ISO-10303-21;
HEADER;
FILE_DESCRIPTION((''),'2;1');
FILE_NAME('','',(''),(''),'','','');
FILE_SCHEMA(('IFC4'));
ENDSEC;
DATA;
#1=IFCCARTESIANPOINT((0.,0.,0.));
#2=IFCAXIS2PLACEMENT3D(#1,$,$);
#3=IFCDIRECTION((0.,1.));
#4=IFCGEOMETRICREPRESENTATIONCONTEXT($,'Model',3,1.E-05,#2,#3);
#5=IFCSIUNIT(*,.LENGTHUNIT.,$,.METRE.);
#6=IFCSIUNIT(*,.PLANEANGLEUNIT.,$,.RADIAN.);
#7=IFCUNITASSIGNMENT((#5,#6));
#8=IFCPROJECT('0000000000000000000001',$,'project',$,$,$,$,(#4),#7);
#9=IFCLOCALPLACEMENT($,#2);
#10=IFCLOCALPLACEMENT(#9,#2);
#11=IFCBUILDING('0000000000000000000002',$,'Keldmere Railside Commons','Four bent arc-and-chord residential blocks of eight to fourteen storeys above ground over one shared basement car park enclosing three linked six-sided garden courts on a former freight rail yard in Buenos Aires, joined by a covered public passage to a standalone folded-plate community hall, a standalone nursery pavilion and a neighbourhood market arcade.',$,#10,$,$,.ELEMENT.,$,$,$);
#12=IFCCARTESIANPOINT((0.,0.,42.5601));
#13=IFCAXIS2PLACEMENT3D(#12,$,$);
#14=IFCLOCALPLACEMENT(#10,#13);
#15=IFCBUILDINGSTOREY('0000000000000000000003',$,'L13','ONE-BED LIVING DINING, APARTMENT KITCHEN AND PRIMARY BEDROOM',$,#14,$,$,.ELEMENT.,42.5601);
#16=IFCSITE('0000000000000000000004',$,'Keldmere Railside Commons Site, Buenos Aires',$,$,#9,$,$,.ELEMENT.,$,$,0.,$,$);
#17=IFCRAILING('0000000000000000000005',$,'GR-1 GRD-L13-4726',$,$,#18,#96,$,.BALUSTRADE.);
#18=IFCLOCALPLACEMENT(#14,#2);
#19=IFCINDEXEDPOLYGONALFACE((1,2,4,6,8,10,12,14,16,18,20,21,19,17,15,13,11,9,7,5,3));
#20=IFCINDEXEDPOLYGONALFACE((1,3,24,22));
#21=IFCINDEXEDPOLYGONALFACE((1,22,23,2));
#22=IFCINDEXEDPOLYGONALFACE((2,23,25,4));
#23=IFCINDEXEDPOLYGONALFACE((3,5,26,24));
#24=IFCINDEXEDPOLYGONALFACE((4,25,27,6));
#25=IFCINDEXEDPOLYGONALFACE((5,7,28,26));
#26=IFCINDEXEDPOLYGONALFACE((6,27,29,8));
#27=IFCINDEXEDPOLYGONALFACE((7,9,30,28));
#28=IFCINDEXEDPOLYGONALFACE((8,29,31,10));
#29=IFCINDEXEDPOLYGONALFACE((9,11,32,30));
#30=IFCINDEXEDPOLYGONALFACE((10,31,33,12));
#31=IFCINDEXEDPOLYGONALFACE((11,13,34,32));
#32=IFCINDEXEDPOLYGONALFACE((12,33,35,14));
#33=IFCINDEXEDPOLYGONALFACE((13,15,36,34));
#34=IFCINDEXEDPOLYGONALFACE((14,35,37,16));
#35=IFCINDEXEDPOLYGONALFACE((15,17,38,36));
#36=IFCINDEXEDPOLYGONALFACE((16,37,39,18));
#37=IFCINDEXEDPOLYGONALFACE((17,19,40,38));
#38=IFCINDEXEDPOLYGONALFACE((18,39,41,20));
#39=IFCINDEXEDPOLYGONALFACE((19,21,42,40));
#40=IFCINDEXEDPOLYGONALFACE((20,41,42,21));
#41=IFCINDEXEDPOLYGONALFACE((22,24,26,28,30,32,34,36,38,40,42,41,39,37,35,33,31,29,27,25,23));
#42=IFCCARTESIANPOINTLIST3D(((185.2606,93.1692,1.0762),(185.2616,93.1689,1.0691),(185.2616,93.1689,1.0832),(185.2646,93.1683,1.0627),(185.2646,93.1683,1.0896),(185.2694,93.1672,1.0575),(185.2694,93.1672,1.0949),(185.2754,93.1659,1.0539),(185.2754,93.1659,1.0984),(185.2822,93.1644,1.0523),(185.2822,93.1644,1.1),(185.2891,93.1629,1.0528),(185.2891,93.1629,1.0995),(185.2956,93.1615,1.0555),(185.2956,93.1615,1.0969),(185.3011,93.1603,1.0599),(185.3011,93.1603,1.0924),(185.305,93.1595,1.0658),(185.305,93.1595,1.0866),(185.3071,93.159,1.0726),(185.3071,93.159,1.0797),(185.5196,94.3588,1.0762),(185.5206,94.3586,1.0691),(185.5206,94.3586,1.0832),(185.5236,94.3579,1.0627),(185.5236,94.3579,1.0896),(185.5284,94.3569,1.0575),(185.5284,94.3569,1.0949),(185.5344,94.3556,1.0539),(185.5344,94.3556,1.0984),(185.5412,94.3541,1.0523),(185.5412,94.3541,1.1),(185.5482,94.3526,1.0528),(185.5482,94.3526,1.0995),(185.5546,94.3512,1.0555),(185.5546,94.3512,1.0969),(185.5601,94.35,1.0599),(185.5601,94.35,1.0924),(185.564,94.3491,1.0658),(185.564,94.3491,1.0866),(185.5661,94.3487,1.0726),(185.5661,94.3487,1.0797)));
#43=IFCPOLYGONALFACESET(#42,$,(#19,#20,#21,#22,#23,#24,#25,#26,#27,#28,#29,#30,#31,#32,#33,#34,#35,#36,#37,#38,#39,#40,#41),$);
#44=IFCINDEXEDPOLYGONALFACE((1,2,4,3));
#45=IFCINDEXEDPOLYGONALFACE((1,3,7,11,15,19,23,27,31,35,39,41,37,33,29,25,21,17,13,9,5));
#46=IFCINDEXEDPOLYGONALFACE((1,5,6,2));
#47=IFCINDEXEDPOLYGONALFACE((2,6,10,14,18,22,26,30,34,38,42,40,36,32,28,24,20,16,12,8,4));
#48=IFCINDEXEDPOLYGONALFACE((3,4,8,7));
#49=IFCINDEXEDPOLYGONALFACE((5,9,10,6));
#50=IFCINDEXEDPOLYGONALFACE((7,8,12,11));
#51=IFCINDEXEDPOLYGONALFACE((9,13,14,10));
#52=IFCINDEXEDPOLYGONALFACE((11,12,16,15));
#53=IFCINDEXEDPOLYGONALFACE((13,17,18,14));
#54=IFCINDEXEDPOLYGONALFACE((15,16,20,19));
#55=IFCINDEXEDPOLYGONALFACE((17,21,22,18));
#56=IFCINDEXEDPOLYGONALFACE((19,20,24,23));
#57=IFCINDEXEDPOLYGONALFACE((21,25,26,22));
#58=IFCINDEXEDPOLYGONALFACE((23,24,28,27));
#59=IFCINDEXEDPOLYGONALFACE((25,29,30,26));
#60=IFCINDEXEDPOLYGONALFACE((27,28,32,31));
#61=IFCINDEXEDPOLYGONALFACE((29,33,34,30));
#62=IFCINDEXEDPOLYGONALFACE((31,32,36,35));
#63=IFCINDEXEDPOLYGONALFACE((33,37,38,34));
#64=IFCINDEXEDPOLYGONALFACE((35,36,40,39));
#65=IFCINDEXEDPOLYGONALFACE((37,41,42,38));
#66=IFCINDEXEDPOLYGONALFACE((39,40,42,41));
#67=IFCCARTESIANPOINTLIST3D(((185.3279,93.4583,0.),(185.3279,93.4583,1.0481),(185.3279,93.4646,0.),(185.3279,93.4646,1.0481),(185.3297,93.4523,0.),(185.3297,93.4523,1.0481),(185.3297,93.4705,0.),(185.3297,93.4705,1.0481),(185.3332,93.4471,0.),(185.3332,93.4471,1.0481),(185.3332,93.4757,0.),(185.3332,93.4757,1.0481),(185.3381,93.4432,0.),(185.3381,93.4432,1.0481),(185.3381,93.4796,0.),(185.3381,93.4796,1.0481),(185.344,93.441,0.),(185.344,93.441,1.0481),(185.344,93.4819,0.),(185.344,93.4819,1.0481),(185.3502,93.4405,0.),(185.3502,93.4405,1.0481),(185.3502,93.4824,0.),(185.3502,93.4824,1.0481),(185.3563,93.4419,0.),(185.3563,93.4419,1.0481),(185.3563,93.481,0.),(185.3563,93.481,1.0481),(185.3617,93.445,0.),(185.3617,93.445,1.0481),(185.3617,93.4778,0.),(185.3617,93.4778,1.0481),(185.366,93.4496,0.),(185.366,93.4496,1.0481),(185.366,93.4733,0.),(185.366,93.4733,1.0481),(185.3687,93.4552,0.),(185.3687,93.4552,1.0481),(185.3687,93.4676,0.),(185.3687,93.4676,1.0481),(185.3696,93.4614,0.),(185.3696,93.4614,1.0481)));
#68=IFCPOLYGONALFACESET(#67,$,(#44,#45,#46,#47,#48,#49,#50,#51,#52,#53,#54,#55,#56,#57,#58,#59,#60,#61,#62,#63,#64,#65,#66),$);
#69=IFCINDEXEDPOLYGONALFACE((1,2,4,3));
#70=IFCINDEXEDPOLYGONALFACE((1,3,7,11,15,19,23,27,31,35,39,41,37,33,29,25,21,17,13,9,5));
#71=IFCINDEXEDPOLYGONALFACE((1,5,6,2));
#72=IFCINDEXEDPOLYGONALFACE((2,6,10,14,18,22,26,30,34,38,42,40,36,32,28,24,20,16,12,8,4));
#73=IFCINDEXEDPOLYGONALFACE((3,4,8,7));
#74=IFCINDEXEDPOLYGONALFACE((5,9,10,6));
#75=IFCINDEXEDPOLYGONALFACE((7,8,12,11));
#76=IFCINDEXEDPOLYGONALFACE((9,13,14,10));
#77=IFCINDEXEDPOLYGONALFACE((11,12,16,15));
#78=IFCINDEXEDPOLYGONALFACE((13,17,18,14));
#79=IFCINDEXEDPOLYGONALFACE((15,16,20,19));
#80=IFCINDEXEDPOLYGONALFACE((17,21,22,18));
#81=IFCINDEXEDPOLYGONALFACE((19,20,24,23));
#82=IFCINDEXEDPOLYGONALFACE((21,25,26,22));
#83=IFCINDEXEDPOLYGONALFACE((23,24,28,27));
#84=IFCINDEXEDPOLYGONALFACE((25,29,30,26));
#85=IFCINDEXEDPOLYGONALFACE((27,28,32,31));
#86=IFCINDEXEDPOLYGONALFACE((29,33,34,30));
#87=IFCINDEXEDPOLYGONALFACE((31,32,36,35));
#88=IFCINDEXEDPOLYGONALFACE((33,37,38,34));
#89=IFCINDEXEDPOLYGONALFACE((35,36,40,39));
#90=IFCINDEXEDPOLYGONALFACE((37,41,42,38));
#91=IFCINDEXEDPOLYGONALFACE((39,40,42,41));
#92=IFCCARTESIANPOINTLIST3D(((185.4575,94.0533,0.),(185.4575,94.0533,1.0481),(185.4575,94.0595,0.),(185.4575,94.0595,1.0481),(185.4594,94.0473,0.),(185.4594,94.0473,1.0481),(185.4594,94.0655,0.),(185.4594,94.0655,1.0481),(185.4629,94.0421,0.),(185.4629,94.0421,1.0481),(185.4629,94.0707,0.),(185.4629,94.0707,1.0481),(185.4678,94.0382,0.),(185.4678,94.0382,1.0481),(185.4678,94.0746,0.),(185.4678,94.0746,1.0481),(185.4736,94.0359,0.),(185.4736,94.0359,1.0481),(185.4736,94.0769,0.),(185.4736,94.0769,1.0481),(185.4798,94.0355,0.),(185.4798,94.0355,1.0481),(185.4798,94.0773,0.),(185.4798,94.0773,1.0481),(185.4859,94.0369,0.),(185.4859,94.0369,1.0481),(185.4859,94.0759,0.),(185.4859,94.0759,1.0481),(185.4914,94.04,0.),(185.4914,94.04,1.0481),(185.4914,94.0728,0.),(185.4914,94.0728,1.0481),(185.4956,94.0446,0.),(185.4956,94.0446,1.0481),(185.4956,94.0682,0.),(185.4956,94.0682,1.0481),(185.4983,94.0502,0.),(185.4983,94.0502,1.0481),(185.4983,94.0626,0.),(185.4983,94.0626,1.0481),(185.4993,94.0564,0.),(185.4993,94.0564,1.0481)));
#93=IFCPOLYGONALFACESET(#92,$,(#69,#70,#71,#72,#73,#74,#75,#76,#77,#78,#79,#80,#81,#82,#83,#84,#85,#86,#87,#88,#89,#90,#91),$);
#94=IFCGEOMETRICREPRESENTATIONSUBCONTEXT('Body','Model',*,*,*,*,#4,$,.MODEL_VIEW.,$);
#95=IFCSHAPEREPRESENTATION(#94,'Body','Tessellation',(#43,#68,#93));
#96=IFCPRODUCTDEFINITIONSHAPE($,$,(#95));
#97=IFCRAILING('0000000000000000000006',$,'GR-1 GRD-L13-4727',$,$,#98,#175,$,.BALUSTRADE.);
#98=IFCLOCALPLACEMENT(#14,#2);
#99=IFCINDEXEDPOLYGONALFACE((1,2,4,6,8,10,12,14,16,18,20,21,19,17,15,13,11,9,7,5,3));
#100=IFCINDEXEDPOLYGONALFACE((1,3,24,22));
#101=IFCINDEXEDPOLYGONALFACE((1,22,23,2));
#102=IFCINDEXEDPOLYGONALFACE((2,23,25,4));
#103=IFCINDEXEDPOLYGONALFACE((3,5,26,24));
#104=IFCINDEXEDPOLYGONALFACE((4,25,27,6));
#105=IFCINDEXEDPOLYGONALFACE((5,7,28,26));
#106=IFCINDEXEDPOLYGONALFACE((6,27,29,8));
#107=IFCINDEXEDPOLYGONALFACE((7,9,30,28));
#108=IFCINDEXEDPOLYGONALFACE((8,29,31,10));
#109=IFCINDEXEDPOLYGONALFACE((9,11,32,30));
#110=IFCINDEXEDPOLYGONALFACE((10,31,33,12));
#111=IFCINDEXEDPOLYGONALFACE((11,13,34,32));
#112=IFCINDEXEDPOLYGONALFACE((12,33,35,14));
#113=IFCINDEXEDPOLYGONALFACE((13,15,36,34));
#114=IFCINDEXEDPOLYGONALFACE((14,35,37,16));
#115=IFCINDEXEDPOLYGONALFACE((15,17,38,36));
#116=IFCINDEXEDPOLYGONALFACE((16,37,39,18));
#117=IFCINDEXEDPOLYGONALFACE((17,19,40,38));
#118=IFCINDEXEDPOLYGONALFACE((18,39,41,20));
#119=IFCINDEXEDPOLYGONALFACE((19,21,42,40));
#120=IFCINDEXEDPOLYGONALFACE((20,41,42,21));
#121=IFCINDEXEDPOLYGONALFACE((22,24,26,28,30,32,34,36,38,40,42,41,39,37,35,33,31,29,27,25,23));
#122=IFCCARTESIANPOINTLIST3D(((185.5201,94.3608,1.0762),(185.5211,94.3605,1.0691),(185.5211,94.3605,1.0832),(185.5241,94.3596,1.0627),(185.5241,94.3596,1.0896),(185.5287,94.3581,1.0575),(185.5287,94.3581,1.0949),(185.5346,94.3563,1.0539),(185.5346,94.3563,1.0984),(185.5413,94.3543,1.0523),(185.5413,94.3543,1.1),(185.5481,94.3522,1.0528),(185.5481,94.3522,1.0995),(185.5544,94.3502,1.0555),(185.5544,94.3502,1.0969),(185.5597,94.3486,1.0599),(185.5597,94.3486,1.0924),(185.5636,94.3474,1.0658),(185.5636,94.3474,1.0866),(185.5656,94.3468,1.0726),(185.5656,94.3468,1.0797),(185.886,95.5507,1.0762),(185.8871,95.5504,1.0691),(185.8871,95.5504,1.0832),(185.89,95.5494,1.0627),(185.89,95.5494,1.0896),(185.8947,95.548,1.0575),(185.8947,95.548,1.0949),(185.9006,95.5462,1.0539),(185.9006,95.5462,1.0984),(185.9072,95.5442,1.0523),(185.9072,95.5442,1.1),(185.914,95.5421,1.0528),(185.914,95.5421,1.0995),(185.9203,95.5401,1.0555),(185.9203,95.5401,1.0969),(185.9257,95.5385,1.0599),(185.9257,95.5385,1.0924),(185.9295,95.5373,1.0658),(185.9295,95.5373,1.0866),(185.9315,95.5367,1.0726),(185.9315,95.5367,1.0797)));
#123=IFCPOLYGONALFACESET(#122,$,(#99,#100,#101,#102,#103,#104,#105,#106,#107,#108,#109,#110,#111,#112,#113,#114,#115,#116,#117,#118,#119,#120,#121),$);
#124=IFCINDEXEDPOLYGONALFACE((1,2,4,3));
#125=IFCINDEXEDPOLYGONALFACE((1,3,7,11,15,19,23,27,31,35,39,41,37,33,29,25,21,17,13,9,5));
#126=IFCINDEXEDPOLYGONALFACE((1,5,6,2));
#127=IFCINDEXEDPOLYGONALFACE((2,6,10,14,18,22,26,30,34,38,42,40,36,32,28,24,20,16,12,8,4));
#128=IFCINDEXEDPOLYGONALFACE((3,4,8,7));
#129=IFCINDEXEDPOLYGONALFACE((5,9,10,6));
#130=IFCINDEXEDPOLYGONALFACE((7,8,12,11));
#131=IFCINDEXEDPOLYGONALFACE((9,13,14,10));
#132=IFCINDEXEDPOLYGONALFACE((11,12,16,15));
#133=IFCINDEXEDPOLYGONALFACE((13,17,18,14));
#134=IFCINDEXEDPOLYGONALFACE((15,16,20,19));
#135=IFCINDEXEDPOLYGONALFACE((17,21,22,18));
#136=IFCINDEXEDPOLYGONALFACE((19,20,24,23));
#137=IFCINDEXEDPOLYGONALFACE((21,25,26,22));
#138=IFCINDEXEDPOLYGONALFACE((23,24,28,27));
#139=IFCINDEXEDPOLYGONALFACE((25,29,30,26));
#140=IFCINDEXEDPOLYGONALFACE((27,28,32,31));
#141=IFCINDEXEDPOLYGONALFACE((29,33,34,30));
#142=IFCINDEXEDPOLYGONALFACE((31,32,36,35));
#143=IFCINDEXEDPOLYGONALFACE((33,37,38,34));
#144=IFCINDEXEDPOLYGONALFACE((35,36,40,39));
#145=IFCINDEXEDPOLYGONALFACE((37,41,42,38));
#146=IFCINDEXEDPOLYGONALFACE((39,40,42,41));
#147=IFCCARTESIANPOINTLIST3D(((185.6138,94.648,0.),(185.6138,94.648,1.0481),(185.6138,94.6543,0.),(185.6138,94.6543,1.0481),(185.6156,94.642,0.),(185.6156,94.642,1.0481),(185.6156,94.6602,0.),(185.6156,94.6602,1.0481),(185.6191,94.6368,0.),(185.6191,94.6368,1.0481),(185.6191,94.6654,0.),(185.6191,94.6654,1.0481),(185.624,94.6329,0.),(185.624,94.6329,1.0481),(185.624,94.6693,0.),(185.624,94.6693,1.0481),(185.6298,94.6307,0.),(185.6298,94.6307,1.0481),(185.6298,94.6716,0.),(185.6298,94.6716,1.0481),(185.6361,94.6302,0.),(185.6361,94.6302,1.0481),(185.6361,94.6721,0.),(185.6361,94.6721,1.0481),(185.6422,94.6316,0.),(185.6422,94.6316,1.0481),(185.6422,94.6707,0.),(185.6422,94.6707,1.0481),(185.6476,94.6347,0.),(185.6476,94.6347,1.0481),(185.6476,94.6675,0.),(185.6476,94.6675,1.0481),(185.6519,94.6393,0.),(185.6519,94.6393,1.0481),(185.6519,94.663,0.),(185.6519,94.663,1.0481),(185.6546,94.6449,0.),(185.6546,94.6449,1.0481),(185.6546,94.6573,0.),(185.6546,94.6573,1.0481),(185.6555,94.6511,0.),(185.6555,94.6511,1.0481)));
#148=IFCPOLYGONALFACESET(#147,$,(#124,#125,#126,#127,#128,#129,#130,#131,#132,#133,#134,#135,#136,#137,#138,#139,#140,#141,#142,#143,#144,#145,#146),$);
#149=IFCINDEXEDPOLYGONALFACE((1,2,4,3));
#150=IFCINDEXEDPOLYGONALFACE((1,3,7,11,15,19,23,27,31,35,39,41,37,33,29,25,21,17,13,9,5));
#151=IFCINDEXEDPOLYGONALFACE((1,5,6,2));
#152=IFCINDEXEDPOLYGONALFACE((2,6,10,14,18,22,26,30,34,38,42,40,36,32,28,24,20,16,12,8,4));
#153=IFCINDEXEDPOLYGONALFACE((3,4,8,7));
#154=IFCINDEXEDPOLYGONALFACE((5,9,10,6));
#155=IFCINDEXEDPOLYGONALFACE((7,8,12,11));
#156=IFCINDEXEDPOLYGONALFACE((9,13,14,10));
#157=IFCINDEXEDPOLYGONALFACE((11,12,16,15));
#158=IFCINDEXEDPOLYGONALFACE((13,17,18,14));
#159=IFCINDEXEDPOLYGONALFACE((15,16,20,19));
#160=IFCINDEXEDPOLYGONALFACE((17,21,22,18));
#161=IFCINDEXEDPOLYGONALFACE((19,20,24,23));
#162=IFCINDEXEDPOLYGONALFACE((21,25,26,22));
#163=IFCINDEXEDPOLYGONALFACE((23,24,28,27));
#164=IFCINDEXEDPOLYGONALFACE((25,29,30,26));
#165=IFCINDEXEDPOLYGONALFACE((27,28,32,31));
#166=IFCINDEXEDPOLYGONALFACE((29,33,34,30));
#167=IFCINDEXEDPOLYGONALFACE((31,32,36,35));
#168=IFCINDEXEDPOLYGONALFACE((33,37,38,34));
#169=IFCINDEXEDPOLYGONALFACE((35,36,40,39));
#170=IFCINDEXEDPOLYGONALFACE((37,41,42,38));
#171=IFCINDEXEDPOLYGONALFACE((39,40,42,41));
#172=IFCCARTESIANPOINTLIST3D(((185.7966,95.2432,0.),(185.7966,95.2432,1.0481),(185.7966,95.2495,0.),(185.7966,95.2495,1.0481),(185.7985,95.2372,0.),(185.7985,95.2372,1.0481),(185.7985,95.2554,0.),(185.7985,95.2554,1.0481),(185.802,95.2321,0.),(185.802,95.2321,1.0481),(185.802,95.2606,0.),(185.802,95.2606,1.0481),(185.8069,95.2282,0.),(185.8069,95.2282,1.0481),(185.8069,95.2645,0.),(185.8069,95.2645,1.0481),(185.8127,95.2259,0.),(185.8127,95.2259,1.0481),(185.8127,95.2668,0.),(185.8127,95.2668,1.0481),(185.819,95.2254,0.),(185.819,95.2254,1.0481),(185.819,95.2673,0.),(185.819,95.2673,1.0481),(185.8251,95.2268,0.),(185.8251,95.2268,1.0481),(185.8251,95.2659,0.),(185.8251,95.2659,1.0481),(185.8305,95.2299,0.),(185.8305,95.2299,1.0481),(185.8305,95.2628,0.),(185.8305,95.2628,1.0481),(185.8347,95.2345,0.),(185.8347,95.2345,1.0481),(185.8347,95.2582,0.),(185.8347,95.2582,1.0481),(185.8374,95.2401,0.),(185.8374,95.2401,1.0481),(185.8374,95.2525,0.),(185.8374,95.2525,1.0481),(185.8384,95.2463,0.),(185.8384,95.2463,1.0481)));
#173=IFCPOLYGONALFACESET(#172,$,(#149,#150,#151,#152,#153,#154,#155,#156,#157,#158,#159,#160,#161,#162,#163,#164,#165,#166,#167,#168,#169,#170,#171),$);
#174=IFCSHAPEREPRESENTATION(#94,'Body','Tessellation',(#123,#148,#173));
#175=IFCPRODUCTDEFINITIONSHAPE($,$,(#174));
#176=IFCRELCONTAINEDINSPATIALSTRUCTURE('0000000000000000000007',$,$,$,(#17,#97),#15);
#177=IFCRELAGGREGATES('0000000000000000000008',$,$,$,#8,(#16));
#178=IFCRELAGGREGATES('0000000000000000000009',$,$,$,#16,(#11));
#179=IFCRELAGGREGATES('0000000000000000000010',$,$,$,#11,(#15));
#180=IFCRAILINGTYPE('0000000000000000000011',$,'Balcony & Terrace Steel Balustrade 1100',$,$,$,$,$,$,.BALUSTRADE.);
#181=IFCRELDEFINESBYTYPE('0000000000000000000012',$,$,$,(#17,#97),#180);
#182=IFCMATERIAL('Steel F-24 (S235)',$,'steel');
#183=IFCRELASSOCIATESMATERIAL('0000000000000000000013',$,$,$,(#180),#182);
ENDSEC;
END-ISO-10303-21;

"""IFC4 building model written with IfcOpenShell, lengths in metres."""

from ifc_helpers import new_model, si_unit, direction, frame, origin, origin_2d, place, context, subcontext, project, spatial, circle, extrude, material, type_object, element, save


model = new_model("IFC4")

# Units and contexts
model_context = context("Model", 3, precision=1e-05, world=origin(), true_north=direction((0.0, 1.0)))
body_context = subcontext(model_context, "Body", "Model", "MODEL_VIEW")
ifc_project = project(units=[si_unit("LENGTHUNIT", "METRE"), si_unit("PLANEANGLEUNIT", "RADIAN")], contexts=[model_context])

# Site, building, storey
site_placement = place(None, origin())
site = spatial("IfcSite", under=ifc_project, at=site_placement, Name="Keldmere Railside Commons Site, Buenos Aires", CompositionType="ELEMENT", RefElevation=0.0)
building_placement = place(site_placement, origin())
building = spatial("IfcBuilding", under=site, at=building_placement, Name="Keldmere Railside Commons", Description="Four bent arc-and-chord residential blocks of eight to fourteen storeys above ground over one shared basement car park enclosing three linked six-sided garden courts on a former freight rail yard in Buenos Aires, joined by a covered public passage to a standalone folded-plate community hall, a standalone nursery pavilion and a neighbourhood market arcade.", CompositionType="ELEMENT")
storey_placement = place(building_placement, frame((0.0, 0.0, 42.5601)))
storey = spatial("IfcBuildingStorey", under=building, at=storey_placement, Name="L13", Description="ONE-BED LIVING DINING, APARTMENT KITCHEN AND PRIMARY BEDROOM", CompositionType="ELEMENT", Elevation=42.5601)

# Railings
ifc_material_1 = material(Name="Steel F-24 (S235)", Category="steel")
railing_type = type_object("IfcRailingType", Name="Balcony & Terrace Steel Balustrade 1100", PredefinedType="BALUSTRADE", material=ifc_material_1)
railing_1_placement = place(storey_placement, frame((185.2839, 93.1641, 0.0)))
element("IfcRailing", 1, at=railing_1_placement, inside=storey, type_object=railing_type, Name="GR-1 GRD-L13-4726", PredefinedType="BALUSTRADE", context=body_context, shape_type="SweptSolid", body=[
    extrude(circle(Radius=0.0239, at=origin_2d()), frame((0.0, 0.0, 1.0762), z_axis=(0.212746, 0.977108, 0.0), x_axis=(-0.977108, 0.212746, 0.0)), (0.0, 0.0, 1.0), 1.2175),
    extrude(circle(Radius=0.021, at=origin_2d()), frame((0.0647, 0.2974, 0.0)), (0.0, 0.0, 1.0), 1.0481),
    extrude(circle(Radius=0.021, at=origin_2d()), frame((0.1943, 0.8923, 0.0)), (0.0, 0.0, 1.0), 1.0481),
])
railing_2_placement = place(storey_placement, frame((185.543, 94.3538, 0.0)))
element("IfcRailing", 2, at=railing_2_placement, inside=storey, type_object=railing_type, Name="GR-1 GRD-L13-4727", PredefinedType="BALUSTRADE", context=body_context, shape_type="SweptSolid", body=[
    extrude(circle(Radius=0.0239, at=origin_2d()), frame((0.0, 0.0, 1.0762), z_axis=(0.293962, 0.955817, 0.0), x_axis=(-0.955817, 0.293962, 0.0)), (0.0, 0.0, 1.0), 1.2449),
    extrude(circle(Radius=0.021, at=origin_2d()), frame((0.0916, 0.2974, 0.0)), (0.0, 0.0, 1.0), 1.0481),
    extrude(circle(Radius=0.021, at=origin_2d()), frame((0.2744, 0.8926, 0.0)), (0.0, 0.0, 1.0), 1.0481),
])

save(model, "model.ifc")
